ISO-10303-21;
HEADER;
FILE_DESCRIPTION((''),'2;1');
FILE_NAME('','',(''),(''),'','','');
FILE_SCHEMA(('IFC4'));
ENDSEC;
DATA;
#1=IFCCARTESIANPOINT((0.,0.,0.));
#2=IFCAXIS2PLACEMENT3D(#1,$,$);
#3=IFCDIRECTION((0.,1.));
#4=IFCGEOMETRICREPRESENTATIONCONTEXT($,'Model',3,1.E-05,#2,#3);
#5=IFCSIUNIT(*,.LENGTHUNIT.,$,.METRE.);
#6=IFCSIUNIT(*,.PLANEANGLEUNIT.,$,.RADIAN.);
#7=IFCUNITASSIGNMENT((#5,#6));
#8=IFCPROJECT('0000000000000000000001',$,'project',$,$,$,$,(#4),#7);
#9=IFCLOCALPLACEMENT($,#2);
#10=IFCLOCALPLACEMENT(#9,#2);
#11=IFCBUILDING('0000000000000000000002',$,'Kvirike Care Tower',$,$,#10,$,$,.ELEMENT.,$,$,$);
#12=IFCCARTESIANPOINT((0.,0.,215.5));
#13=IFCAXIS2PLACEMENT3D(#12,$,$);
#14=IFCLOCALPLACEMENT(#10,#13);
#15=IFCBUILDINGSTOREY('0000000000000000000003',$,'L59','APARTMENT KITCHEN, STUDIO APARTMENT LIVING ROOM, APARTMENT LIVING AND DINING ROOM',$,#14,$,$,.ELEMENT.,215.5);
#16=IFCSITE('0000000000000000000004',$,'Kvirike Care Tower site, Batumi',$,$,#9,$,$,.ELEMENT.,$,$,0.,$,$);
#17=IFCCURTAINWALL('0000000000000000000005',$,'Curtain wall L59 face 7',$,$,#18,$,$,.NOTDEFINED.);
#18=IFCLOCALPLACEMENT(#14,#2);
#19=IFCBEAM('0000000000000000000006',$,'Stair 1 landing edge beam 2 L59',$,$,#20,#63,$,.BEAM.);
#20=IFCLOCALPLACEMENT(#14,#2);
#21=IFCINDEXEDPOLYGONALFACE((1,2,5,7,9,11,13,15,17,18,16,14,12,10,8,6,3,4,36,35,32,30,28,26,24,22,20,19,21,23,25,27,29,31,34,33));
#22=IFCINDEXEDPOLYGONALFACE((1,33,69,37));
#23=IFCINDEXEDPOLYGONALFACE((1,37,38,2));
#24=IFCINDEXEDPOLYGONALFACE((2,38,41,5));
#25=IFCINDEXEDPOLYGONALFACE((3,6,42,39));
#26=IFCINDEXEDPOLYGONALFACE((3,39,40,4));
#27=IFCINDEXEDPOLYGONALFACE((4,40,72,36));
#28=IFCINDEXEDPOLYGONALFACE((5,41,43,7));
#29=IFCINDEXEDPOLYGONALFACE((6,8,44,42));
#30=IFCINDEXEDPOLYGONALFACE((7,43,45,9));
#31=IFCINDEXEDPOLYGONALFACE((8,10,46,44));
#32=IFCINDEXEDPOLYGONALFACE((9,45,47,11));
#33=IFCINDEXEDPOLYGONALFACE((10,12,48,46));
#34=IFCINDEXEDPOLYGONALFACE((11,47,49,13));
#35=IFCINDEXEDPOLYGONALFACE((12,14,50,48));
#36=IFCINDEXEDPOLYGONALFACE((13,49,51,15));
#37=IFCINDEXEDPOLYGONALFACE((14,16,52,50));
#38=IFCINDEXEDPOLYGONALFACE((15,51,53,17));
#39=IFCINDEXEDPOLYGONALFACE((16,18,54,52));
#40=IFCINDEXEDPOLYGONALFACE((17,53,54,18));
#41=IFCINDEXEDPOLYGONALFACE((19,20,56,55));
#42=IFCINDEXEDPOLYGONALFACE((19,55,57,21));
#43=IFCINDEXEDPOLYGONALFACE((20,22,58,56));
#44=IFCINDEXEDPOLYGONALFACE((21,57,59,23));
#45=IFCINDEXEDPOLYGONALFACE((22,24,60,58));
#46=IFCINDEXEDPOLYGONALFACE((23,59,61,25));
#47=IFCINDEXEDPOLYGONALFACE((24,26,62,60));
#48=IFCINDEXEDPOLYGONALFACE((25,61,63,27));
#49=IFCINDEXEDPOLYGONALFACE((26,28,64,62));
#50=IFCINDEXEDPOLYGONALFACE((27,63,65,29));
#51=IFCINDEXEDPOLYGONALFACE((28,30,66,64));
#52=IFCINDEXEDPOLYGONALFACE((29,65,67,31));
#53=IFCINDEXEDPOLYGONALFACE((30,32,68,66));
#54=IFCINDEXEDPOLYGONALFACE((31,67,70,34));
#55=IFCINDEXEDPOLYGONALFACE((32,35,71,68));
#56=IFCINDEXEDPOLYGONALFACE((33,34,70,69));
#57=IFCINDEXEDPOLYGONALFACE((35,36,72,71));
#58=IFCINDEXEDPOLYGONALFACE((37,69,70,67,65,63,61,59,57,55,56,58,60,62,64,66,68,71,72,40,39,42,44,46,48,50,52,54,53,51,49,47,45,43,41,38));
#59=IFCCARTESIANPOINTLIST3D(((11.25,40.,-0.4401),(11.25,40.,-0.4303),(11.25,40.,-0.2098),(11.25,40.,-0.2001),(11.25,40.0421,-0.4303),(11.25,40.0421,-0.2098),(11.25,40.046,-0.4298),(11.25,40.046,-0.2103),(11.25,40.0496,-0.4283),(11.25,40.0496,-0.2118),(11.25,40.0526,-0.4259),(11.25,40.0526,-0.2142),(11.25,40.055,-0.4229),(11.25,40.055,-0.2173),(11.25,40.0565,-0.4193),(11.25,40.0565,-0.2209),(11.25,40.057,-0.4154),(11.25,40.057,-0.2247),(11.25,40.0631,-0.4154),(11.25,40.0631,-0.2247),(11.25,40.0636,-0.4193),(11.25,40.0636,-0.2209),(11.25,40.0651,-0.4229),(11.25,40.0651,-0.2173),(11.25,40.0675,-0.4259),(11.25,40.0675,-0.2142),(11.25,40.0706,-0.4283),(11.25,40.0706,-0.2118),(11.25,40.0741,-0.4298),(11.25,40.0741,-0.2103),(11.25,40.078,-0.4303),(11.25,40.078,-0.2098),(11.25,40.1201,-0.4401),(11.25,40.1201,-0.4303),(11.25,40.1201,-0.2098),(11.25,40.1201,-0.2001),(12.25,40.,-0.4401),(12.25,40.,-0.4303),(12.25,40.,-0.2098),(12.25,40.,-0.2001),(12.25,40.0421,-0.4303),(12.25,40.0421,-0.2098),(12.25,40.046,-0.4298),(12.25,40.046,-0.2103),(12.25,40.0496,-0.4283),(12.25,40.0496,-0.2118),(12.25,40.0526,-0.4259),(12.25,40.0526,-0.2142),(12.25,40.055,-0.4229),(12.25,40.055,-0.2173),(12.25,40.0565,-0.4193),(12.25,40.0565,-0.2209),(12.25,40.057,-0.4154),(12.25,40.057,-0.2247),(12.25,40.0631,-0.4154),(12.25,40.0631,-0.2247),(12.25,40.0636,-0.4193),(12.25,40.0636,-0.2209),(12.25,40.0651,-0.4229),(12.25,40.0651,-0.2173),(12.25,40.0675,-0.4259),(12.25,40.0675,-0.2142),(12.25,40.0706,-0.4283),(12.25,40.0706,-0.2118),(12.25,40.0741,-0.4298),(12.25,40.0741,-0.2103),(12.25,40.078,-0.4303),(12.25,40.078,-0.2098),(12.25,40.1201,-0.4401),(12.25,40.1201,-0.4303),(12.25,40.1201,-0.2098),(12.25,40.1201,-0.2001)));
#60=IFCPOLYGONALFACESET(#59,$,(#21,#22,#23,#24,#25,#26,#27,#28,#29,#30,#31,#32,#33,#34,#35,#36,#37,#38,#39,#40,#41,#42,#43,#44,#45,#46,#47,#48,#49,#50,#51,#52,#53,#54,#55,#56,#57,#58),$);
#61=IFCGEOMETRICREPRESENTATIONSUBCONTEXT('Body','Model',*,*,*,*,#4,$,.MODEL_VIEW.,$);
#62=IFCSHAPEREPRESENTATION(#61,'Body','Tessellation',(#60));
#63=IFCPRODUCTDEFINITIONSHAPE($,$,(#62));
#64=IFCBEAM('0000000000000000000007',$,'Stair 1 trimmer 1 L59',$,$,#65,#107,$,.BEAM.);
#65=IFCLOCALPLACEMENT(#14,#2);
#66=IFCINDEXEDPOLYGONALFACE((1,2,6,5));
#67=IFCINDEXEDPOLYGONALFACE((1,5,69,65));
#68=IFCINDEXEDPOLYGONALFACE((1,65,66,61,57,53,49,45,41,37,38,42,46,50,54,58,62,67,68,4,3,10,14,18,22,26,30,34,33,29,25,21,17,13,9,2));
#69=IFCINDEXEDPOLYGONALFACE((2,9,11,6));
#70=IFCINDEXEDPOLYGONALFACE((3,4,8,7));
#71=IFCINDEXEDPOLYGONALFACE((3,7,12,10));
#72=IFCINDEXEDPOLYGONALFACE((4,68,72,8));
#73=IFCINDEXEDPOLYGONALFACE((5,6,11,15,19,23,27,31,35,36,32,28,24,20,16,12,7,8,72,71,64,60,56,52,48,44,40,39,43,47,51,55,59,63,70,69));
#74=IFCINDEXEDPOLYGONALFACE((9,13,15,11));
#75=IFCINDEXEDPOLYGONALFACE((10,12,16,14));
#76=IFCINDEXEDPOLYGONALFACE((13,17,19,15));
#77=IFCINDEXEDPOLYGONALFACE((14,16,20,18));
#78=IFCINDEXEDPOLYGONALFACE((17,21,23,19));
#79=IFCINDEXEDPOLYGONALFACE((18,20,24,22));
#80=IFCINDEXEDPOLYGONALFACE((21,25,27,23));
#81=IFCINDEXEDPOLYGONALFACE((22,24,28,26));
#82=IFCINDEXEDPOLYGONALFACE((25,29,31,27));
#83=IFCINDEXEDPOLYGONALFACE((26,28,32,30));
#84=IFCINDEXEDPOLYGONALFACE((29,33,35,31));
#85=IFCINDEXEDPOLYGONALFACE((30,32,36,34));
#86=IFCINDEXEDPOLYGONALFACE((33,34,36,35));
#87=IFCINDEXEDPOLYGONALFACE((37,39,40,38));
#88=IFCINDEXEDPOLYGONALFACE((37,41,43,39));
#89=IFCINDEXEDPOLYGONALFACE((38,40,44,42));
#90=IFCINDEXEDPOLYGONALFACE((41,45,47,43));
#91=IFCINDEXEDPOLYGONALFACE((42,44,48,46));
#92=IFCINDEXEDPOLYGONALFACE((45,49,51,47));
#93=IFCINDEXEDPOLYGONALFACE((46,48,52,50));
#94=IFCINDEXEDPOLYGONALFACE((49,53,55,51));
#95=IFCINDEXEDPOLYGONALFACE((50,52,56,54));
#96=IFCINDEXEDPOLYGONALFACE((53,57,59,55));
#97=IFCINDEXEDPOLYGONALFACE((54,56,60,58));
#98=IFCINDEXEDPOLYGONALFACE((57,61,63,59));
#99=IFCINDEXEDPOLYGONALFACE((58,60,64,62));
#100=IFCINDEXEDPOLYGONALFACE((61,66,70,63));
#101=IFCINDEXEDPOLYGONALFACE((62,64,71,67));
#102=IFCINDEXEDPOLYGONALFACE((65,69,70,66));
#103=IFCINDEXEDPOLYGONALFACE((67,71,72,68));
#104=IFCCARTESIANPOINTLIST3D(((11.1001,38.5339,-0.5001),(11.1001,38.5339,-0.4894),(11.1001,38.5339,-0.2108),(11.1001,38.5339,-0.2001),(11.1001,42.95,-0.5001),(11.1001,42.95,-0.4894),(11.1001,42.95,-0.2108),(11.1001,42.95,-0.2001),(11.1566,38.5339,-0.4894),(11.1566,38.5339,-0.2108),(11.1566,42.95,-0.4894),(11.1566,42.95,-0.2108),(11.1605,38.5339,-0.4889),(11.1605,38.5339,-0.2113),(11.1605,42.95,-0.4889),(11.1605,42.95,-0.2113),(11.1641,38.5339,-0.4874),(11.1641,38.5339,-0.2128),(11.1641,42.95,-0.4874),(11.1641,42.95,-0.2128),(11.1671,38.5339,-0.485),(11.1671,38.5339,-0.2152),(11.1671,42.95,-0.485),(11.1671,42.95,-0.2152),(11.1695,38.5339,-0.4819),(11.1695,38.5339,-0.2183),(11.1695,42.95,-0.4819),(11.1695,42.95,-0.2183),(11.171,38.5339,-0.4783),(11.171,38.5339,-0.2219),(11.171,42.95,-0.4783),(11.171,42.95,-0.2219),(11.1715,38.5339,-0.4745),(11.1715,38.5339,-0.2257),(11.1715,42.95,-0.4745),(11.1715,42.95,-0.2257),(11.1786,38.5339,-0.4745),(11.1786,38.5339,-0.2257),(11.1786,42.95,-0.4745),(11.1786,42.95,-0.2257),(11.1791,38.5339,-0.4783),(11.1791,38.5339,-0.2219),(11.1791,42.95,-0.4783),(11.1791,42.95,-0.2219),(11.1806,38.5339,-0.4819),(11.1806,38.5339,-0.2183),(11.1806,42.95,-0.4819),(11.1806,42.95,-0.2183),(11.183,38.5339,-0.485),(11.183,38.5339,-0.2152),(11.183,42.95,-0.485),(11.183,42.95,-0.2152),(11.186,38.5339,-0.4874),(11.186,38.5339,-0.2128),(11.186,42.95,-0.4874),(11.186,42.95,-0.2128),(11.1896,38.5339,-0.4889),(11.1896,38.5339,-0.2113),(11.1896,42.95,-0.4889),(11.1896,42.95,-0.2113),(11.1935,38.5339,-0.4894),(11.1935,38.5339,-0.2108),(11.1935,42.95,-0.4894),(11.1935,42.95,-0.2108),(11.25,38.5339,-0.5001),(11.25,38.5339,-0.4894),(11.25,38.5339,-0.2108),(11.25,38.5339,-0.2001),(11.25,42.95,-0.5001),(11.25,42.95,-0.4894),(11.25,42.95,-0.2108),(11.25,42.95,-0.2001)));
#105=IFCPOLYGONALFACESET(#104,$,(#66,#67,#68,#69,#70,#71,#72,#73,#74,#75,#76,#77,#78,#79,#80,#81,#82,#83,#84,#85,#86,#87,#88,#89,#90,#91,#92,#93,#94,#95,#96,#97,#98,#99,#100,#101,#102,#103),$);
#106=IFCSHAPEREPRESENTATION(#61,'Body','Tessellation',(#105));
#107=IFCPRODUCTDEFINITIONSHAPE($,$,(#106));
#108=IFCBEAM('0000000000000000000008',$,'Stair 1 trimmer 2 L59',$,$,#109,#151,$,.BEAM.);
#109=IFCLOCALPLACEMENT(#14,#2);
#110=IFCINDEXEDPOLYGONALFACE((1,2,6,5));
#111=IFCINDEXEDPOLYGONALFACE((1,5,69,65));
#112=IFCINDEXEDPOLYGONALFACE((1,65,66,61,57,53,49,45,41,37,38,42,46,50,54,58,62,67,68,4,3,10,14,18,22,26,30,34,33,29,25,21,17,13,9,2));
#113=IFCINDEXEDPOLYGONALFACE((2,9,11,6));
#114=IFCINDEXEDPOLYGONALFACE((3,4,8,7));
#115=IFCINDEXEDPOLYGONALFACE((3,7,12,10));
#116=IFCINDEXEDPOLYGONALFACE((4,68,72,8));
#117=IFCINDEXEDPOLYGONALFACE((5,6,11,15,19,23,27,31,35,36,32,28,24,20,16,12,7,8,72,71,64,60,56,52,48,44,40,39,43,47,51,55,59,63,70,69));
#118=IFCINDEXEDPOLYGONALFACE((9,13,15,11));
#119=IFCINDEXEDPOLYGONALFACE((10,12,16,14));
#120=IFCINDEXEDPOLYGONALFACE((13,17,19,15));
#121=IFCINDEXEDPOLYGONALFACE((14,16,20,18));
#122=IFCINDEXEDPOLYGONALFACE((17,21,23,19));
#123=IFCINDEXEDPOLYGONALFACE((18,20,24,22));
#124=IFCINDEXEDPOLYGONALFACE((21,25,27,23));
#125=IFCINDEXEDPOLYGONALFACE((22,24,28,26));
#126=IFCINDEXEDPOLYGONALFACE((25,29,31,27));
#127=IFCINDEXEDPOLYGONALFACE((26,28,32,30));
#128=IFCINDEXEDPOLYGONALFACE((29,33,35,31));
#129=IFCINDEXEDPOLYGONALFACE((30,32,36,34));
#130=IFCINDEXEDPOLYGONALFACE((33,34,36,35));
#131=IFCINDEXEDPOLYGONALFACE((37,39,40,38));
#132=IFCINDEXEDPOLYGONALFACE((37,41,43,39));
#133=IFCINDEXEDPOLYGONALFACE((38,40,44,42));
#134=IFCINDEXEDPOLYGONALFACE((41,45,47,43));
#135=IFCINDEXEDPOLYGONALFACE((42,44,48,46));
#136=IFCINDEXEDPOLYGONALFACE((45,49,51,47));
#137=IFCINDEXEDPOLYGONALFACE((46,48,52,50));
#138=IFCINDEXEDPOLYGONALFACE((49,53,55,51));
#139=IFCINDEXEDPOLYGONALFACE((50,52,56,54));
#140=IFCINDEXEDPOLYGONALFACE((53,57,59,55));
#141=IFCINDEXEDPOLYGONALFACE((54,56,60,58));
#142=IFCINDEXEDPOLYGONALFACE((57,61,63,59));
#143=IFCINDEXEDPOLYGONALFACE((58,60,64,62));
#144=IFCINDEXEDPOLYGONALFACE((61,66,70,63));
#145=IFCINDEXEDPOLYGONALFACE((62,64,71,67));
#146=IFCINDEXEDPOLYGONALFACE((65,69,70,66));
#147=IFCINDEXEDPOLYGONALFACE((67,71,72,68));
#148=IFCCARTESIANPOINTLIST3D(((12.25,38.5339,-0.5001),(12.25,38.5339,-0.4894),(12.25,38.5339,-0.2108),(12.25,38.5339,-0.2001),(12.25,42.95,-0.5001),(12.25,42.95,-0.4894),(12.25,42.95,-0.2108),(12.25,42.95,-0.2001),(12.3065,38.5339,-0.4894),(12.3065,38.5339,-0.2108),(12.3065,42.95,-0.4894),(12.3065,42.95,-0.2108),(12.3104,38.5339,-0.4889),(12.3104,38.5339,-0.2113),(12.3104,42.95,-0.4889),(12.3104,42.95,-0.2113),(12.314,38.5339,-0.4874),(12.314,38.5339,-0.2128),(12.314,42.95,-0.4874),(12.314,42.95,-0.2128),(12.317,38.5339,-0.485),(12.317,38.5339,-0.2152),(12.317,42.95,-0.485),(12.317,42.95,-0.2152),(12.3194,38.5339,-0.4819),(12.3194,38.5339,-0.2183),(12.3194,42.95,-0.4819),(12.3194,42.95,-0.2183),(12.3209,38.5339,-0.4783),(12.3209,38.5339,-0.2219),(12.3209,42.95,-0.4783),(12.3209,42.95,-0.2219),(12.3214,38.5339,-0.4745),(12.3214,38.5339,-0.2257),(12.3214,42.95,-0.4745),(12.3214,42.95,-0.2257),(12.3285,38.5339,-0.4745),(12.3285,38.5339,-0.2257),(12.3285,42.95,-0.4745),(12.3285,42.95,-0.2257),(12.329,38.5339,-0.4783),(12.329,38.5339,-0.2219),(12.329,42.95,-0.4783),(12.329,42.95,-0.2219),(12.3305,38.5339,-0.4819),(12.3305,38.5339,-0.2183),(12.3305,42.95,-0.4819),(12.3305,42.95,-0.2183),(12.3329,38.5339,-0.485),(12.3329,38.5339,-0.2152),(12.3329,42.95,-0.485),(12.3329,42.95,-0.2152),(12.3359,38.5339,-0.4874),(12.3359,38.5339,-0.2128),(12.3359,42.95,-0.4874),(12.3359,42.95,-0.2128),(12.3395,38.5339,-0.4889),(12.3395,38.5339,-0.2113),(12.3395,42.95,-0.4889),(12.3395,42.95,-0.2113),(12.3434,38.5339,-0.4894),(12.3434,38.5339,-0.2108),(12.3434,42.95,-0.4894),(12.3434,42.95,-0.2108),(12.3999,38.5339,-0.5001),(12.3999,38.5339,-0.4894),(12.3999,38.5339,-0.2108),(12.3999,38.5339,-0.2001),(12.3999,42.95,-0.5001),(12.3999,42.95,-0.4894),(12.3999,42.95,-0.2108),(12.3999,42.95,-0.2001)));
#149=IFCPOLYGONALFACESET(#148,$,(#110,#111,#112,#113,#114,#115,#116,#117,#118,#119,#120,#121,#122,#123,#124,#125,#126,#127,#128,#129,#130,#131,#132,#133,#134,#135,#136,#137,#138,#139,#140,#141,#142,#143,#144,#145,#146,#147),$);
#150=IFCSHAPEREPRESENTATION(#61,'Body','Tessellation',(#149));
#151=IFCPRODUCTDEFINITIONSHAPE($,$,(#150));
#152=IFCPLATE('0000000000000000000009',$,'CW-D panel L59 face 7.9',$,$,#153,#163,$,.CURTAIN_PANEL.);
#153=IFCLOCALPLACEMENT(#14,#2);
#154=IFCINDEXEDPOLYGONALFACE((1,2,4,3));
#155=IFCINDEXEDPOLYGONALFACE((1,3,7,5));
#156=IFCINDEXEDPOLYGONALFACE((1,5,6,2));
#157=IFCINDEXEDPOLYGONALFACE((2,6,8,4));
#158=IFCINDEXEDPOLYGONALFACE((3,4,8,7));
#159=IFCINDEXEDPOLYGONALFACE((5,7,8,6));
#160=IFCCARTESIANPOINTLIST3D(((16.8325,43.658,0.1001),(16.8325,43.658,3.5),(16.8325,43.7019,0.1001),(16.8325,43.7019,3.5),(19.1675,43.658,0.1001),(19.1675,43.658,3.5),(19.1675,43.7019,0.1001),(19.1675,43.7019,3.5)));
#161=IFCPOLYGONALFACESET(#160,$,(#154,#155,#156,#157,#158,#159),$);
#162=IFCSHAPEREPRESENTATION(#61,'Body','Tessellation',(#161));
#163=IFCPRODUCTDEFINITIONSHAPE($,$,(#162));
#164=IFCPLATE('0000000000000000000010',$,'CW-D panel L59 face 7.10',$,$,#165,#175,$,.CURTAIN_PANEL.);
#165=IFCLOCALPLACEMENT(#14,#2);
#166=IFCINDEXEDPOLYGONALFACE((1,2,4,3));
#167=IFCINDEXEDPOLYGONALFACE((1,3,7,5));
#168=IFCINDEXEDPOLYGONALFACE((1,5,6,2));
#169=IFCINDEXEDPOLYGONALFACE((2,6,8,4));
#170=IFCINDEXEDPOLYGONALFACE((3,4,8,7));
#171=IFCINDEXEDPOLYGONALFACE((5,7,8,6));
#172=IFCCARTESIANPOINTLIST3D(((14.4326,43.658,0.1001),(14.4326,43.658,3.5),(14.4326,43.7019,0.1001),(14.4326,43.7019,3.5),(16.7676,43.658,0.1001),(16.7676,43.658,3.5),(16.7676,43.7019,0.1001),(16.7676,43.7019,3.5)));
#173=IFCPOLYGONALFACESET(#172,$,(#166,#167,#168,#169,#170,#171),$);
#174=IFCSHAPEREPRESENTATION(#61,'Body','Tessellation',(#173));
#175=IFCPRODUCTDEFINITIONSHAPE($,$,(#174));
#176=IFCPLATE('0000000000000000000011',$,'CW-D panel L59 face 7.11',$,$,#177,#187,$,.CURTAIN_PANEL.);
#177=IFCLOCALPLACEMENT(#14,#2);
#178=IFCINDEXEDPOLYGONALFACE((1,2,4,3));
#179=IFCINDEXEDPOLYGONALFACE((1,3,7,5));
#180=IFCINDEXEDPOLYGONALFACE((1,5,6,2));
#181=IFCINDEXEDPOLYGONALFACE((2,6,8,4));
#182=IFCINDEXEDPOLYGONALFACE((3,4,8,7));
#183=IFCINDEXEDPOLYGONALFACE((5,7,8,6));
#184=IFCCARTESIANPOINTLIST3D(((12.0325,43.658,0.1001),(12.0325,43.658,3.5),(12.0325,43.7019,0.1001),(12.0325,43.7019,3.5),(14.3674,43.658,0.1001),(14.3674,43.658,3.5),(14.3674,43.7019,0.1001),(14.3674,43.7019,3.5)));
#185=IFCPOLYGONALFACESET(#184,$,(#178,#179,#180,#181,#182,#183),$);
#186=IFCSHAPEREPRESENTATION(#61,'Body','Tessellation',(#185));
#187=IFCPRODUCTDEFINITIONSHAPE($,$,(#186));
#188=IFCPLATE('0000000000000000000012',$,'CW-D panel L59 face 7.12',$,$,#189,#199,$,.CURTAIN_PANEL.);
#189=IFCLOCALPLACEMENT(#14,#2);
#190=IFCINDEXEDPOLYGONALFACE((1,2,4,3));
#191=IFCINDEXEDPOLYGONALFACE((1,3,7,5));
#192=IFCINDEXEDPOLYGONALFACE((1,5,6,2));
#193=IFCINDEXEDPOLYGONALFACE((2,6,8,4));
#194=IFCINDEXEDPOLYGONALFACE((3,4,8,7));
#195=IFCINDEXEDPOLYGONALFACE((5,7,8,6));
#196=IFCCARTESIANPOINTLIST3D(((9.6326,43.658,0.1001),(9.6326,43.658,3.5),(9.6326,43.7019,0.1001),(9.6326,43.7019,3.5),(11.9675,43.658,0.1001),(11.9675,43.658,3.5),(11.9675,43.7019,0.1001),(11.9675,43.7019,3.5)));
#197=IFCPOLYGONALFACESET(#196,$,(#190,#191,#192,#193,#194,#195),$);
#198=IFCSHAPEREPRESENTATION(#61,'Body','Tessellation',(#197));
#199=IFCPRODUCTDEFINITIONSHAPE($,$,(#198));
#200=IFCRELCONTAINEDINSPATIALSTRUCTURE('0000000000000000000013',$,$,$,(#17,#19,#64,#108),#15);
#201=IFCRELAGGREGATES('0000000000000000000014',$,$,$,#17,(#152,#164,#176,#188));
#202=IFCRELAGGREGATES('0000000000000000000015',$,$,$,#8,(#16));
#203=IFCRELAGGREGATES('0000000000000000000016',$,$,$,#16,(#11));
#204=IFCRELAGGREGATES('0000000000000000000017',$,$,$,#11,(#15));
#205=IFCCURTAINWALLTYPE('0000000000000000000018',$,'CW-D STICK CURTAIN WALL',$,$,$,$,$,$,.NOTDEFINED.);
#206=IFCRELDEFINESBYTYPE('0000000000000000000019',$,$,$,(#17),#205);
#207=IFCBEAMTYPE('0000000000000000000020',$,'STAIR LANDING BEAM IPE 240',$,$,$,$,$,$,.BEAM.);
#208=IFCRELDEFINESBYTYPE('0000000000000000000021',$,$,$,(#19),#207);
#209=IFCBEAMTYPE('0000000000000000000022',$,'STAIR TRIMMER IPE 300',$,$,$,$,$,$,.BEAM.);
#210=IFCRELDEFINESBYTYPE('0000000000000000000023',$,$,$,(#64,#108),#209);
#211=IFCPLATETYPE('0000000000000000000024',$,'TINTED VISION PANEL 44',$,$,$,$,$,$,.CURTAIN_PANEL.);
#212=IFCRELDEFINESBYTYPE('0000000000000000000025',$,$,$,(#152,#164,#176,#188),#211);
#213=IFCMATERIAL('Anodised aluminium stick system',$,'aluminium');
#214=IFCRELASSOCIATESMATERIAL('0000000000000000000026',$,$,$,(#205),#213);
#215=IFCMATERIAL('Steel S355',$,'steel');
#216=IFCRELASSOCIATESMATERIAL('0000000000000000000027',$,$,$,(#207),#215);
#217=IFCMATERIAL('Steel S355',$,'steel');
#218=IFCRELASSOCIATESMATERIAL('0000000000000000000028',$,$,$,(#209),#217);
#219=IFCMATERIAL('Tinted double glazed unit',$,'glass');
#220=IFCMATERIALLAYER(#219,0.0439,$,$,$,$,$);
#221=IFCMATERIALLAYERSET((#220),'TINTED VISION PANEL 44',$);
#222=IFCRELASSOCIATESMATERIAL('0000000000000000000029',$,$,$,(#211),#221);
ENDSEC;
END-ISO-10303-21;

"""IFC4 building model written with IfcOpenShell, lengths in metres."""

from ifc_helpers import new_model, si_unit, direction, frame, origin, origin_2d, place, context, subcontext, project, spatial, rectangle, i_section, extrude, material, layer, layer_set, material_profile, profile_set, type_object, element, aggregate, save


model = new_model("IFC4")

# Units and contexts
model_context = context("Model", 3, precision=1e-05, world=origin(), true_north=direction((0.0, 1.0)))
body_context = subcontext(model_context, "Body", "Model", "MODEL_VIEW")
ifc_project = project(units=[si_unit("LENGTHUNIT", "METRE"), si_unit("PLANEANGLEUNIT", "RADIAN")], contexts=[model_context])

# Site, building, storey
site_placement = place(None, origin())
site = spatial("IfcSite", under=ifc_project, at=site_placement, Name="Kvirike Care Tower site, Batumi", CompositionType="ELEMENT", RefElevation=0.0)
building_placement = place(site_placement, origin())
building = spatial("IfcBuilding", under=site, at=building_placement, Name="Kvirike Care Tower", CompositionType="ELEMENT")
storey_placement = place(building_placement, frame((0.0, 0.0, 215.5)))
storey = spatial("IfcBuildingStorey", under=building, at=storey_placement, Name="L59", Description="APARTMENT KITCHEN, STUDIO APARTMENT LIVING ROOM, APARTMENT LIVING AND DINING ROOM", CompositionType="ELEMENT", Elevation=215.5)

# Curtain wall
ifc_material_1 = material(Name="Anodised aluminium stick system", Category="aluminium")
curtain_wall_type = type_object("IfcCurtainWallType", Name="CW-D STICK CURTAIN WALL", PredefinedType="NOTDEFINED", material=ifc_material_1)
curtain_wall_placement = place(storey_placement, origin())
curtain_wall = element("IfcCurtainWall", 1, at=curtain_wall_placement, inside=storey, type_object=curtain_wall_type, Name="Curtain wall L59 face 7", PredefinedType="NOTDEFINED")

# Beams
ifc_material_2 = material(Name="Steel S355", Category="steel")
ifc_material_profile_1 = material_profile(ifc_material_2, i_section(OverallWidth=0.1201, OverallDepth=0.24, WebThickness=0.0061, FlangeThickness=0.0098, FilletRadius=0.0149, at=origin_2d()), Name="IPE 240")
ifc_profile_set_1 = profile_set([ifc_material_profile_1], Name="Steel S355")
beam_type_1 = type_object("IfcBeamType", Name="STAIR LANDING BEAM IPE 240", PredefinedType="BEAM", material=ifc_profile_set_1)
for number, where, z_axis, x_axis, name in (
    (2, (11.25, 40.0601, -0.3201), (1.0, 0.0, 0.0), (0.0, 1.0, 0.0), "Stair 1 landing edge beam 2 L59"),
):
    element("IfcBeam", number, at=place(storey_placement, frame(where, z_axis=z_axis, x_axis=x_axis)), inside=storey, type_object=beam_type_1, Name=name, PredefinedType="BEAM", context=body_context, shape_type="SweptSolid", body=[
        extrude(i_section(OverallWidth=0.1201, OverallDepth=0.24, WebThickness=0.0061, FlangeThickness=0.0098, FilletRadius=0.0149, at=origin_2d()), origin(), (0.0, 0.0, 1.0), 1.0),
    ])
ifc_material_3 = material(Name="Steel S355", Category="steel")
ifc_material_profile_2 = material_profile(ifc_material_3, i_section(OverallWidth=0.1499, OverallDepth=0.3, WebThickness=0.0071, FlangeThickness=0.0107, FilletRadius=0.0149, at=origin_2d()), Name="IPE 300")
ifc_profile_set_2 = profile_set([ifc_material_profile_2], Name="Steel S355")
beam_type_2 = type_object("IfcBeamType", Name="STAIR TRIMMER IPE 300", PredefinedType="BEAM", material=ifc_profile_set_2)
for number, where, z_axis, x_axis, name in (
    (3, (11.175, 42.95, -0.3501), (0.0, -1.0, 0.0), (1.0, 0.0, 0.0), "Stair 1 trimmer 1 L59"),
    (4, (12.325, 42.95, -0.3501), (0.0, -1.0, 0.0), (1.0, 0.0, 0.0), "Stair 1 trimmer 2 L59"),
):
    element("IfcBeam", number, at=place(storey_placement, frame(where, z_axis=z_axis, x_axis=x_axis)), inside=storey, type_object=beam_type_2, Name=name, PredefinedType="BEAM", context=body_context, shape_type="SweptSolid", body=[
        extrude(i_section(OverallWidth=0.1499, OverallDepth=0.3, WebThickness=0.0071, FlangeThickness=0.0107, FilletRadius=0.0149, at=origin_2d()), origin(), (0.0, 0.0, 1.0), 4.416),
    ])

# Plates
ifc_material_4 = material(Name="Tinted double glazed unit", Category="glass")
ifc_layer_1 = layer(ifc_material_4, 0.0439)
ifc_layer_set_1 = layer_set([ifc_layer_1], Name="TINTED VISION PANEL 44")
plate_type = type_object("IfcPlateType", Name="TINTED VISION PANEL 44", PredefinedType="CURTAIN_PANEL", material=ifc_layer_set_1)
plate_1_placement = place(storey_placement, frame((18.0, 43.6799, 0.1001), z_axis=(0.0, 0.0, 1.0), x_axis=(-1.0, 0.0, 0.0)))
plate_1 = element("IfcPlate", 5, at=plate_1_placement, type_object=plate_type, Name="CW-D panel L59 face 7.9", PredefinedType="CURTAIN_PANEL", context=body_context, shape_type="SweptSolid", body=[
    extrude(rectangle(XDim=2.335, YDim=0.0439, at=origin_2d()), origin(), (0.0, 0.0, 1.0), 3.3999),
])
plate_2_placement = place(storey_placement, frame((15.6001, 43.6799, 0.1001), z_axis=(0.0, 0.0, 1.0), x_axis=(-1.0, 0.0, 0.0)))
plate_2 = element("IfcPlate", 6, at=plate_2_placement, type_object=plate_type, Name="CW-D panel L59 face 7.10", PredefinedType="CURTAIN_PANEL", context=body_context, shape_type="SweptSolid", body=[
    extrude(rectangle(XDim=2.335, YDim=0.0439, at=origin_2d()), origin(), (0.0, 0.0, 1.0), 3.3999),
])
plate_3_placement = place(storey_placement, frame((13.2, 43.6799, 0.1001), z_axis=(0.0, 0.0, 1.0), x_axis=(-1.0, 0.0, 0.0)))
plate_3 = element("IfcPlate", 7, at=plate_3_placement, type_object=plate_type, Name="CW-D panel L59 face 7.11", PredefinedType="CURTAIN_PANEL", context=body_context, shape_type="SweptSolid", body=[
    extrude(rectangle(XDim=2.335, YDim=0.0439, at=origin_2d()), origin(), (0.0, 0.0, 1.0), 3.3999),
])
plate_4_placement = place(storey_placement, frame((10.8, 43.6799, 0.1001), z_axis=(0.0, 0.0, 1.0), x_axis=(-1.0, 0.0, 0.0)))
plate_4 = element("IfcPlate", 8, at=plate_4_placement, type_object=plate_type, Name="CW-D panel L59 face 7.12", PredefinedType="CURTAIN_PANEL", context=body_context, shape_type="SweptSolid", body=[
    extrude(rectangle(XDim=2.335, YDim=0.0439, at=origin_2d()), origin(), (0.0, 0.0, 1.0), 3.3999),
])
aggregate(curtain_wall, [plate_1, plate_2, plate_3, plate_4])

save(model, "model.ifc")
